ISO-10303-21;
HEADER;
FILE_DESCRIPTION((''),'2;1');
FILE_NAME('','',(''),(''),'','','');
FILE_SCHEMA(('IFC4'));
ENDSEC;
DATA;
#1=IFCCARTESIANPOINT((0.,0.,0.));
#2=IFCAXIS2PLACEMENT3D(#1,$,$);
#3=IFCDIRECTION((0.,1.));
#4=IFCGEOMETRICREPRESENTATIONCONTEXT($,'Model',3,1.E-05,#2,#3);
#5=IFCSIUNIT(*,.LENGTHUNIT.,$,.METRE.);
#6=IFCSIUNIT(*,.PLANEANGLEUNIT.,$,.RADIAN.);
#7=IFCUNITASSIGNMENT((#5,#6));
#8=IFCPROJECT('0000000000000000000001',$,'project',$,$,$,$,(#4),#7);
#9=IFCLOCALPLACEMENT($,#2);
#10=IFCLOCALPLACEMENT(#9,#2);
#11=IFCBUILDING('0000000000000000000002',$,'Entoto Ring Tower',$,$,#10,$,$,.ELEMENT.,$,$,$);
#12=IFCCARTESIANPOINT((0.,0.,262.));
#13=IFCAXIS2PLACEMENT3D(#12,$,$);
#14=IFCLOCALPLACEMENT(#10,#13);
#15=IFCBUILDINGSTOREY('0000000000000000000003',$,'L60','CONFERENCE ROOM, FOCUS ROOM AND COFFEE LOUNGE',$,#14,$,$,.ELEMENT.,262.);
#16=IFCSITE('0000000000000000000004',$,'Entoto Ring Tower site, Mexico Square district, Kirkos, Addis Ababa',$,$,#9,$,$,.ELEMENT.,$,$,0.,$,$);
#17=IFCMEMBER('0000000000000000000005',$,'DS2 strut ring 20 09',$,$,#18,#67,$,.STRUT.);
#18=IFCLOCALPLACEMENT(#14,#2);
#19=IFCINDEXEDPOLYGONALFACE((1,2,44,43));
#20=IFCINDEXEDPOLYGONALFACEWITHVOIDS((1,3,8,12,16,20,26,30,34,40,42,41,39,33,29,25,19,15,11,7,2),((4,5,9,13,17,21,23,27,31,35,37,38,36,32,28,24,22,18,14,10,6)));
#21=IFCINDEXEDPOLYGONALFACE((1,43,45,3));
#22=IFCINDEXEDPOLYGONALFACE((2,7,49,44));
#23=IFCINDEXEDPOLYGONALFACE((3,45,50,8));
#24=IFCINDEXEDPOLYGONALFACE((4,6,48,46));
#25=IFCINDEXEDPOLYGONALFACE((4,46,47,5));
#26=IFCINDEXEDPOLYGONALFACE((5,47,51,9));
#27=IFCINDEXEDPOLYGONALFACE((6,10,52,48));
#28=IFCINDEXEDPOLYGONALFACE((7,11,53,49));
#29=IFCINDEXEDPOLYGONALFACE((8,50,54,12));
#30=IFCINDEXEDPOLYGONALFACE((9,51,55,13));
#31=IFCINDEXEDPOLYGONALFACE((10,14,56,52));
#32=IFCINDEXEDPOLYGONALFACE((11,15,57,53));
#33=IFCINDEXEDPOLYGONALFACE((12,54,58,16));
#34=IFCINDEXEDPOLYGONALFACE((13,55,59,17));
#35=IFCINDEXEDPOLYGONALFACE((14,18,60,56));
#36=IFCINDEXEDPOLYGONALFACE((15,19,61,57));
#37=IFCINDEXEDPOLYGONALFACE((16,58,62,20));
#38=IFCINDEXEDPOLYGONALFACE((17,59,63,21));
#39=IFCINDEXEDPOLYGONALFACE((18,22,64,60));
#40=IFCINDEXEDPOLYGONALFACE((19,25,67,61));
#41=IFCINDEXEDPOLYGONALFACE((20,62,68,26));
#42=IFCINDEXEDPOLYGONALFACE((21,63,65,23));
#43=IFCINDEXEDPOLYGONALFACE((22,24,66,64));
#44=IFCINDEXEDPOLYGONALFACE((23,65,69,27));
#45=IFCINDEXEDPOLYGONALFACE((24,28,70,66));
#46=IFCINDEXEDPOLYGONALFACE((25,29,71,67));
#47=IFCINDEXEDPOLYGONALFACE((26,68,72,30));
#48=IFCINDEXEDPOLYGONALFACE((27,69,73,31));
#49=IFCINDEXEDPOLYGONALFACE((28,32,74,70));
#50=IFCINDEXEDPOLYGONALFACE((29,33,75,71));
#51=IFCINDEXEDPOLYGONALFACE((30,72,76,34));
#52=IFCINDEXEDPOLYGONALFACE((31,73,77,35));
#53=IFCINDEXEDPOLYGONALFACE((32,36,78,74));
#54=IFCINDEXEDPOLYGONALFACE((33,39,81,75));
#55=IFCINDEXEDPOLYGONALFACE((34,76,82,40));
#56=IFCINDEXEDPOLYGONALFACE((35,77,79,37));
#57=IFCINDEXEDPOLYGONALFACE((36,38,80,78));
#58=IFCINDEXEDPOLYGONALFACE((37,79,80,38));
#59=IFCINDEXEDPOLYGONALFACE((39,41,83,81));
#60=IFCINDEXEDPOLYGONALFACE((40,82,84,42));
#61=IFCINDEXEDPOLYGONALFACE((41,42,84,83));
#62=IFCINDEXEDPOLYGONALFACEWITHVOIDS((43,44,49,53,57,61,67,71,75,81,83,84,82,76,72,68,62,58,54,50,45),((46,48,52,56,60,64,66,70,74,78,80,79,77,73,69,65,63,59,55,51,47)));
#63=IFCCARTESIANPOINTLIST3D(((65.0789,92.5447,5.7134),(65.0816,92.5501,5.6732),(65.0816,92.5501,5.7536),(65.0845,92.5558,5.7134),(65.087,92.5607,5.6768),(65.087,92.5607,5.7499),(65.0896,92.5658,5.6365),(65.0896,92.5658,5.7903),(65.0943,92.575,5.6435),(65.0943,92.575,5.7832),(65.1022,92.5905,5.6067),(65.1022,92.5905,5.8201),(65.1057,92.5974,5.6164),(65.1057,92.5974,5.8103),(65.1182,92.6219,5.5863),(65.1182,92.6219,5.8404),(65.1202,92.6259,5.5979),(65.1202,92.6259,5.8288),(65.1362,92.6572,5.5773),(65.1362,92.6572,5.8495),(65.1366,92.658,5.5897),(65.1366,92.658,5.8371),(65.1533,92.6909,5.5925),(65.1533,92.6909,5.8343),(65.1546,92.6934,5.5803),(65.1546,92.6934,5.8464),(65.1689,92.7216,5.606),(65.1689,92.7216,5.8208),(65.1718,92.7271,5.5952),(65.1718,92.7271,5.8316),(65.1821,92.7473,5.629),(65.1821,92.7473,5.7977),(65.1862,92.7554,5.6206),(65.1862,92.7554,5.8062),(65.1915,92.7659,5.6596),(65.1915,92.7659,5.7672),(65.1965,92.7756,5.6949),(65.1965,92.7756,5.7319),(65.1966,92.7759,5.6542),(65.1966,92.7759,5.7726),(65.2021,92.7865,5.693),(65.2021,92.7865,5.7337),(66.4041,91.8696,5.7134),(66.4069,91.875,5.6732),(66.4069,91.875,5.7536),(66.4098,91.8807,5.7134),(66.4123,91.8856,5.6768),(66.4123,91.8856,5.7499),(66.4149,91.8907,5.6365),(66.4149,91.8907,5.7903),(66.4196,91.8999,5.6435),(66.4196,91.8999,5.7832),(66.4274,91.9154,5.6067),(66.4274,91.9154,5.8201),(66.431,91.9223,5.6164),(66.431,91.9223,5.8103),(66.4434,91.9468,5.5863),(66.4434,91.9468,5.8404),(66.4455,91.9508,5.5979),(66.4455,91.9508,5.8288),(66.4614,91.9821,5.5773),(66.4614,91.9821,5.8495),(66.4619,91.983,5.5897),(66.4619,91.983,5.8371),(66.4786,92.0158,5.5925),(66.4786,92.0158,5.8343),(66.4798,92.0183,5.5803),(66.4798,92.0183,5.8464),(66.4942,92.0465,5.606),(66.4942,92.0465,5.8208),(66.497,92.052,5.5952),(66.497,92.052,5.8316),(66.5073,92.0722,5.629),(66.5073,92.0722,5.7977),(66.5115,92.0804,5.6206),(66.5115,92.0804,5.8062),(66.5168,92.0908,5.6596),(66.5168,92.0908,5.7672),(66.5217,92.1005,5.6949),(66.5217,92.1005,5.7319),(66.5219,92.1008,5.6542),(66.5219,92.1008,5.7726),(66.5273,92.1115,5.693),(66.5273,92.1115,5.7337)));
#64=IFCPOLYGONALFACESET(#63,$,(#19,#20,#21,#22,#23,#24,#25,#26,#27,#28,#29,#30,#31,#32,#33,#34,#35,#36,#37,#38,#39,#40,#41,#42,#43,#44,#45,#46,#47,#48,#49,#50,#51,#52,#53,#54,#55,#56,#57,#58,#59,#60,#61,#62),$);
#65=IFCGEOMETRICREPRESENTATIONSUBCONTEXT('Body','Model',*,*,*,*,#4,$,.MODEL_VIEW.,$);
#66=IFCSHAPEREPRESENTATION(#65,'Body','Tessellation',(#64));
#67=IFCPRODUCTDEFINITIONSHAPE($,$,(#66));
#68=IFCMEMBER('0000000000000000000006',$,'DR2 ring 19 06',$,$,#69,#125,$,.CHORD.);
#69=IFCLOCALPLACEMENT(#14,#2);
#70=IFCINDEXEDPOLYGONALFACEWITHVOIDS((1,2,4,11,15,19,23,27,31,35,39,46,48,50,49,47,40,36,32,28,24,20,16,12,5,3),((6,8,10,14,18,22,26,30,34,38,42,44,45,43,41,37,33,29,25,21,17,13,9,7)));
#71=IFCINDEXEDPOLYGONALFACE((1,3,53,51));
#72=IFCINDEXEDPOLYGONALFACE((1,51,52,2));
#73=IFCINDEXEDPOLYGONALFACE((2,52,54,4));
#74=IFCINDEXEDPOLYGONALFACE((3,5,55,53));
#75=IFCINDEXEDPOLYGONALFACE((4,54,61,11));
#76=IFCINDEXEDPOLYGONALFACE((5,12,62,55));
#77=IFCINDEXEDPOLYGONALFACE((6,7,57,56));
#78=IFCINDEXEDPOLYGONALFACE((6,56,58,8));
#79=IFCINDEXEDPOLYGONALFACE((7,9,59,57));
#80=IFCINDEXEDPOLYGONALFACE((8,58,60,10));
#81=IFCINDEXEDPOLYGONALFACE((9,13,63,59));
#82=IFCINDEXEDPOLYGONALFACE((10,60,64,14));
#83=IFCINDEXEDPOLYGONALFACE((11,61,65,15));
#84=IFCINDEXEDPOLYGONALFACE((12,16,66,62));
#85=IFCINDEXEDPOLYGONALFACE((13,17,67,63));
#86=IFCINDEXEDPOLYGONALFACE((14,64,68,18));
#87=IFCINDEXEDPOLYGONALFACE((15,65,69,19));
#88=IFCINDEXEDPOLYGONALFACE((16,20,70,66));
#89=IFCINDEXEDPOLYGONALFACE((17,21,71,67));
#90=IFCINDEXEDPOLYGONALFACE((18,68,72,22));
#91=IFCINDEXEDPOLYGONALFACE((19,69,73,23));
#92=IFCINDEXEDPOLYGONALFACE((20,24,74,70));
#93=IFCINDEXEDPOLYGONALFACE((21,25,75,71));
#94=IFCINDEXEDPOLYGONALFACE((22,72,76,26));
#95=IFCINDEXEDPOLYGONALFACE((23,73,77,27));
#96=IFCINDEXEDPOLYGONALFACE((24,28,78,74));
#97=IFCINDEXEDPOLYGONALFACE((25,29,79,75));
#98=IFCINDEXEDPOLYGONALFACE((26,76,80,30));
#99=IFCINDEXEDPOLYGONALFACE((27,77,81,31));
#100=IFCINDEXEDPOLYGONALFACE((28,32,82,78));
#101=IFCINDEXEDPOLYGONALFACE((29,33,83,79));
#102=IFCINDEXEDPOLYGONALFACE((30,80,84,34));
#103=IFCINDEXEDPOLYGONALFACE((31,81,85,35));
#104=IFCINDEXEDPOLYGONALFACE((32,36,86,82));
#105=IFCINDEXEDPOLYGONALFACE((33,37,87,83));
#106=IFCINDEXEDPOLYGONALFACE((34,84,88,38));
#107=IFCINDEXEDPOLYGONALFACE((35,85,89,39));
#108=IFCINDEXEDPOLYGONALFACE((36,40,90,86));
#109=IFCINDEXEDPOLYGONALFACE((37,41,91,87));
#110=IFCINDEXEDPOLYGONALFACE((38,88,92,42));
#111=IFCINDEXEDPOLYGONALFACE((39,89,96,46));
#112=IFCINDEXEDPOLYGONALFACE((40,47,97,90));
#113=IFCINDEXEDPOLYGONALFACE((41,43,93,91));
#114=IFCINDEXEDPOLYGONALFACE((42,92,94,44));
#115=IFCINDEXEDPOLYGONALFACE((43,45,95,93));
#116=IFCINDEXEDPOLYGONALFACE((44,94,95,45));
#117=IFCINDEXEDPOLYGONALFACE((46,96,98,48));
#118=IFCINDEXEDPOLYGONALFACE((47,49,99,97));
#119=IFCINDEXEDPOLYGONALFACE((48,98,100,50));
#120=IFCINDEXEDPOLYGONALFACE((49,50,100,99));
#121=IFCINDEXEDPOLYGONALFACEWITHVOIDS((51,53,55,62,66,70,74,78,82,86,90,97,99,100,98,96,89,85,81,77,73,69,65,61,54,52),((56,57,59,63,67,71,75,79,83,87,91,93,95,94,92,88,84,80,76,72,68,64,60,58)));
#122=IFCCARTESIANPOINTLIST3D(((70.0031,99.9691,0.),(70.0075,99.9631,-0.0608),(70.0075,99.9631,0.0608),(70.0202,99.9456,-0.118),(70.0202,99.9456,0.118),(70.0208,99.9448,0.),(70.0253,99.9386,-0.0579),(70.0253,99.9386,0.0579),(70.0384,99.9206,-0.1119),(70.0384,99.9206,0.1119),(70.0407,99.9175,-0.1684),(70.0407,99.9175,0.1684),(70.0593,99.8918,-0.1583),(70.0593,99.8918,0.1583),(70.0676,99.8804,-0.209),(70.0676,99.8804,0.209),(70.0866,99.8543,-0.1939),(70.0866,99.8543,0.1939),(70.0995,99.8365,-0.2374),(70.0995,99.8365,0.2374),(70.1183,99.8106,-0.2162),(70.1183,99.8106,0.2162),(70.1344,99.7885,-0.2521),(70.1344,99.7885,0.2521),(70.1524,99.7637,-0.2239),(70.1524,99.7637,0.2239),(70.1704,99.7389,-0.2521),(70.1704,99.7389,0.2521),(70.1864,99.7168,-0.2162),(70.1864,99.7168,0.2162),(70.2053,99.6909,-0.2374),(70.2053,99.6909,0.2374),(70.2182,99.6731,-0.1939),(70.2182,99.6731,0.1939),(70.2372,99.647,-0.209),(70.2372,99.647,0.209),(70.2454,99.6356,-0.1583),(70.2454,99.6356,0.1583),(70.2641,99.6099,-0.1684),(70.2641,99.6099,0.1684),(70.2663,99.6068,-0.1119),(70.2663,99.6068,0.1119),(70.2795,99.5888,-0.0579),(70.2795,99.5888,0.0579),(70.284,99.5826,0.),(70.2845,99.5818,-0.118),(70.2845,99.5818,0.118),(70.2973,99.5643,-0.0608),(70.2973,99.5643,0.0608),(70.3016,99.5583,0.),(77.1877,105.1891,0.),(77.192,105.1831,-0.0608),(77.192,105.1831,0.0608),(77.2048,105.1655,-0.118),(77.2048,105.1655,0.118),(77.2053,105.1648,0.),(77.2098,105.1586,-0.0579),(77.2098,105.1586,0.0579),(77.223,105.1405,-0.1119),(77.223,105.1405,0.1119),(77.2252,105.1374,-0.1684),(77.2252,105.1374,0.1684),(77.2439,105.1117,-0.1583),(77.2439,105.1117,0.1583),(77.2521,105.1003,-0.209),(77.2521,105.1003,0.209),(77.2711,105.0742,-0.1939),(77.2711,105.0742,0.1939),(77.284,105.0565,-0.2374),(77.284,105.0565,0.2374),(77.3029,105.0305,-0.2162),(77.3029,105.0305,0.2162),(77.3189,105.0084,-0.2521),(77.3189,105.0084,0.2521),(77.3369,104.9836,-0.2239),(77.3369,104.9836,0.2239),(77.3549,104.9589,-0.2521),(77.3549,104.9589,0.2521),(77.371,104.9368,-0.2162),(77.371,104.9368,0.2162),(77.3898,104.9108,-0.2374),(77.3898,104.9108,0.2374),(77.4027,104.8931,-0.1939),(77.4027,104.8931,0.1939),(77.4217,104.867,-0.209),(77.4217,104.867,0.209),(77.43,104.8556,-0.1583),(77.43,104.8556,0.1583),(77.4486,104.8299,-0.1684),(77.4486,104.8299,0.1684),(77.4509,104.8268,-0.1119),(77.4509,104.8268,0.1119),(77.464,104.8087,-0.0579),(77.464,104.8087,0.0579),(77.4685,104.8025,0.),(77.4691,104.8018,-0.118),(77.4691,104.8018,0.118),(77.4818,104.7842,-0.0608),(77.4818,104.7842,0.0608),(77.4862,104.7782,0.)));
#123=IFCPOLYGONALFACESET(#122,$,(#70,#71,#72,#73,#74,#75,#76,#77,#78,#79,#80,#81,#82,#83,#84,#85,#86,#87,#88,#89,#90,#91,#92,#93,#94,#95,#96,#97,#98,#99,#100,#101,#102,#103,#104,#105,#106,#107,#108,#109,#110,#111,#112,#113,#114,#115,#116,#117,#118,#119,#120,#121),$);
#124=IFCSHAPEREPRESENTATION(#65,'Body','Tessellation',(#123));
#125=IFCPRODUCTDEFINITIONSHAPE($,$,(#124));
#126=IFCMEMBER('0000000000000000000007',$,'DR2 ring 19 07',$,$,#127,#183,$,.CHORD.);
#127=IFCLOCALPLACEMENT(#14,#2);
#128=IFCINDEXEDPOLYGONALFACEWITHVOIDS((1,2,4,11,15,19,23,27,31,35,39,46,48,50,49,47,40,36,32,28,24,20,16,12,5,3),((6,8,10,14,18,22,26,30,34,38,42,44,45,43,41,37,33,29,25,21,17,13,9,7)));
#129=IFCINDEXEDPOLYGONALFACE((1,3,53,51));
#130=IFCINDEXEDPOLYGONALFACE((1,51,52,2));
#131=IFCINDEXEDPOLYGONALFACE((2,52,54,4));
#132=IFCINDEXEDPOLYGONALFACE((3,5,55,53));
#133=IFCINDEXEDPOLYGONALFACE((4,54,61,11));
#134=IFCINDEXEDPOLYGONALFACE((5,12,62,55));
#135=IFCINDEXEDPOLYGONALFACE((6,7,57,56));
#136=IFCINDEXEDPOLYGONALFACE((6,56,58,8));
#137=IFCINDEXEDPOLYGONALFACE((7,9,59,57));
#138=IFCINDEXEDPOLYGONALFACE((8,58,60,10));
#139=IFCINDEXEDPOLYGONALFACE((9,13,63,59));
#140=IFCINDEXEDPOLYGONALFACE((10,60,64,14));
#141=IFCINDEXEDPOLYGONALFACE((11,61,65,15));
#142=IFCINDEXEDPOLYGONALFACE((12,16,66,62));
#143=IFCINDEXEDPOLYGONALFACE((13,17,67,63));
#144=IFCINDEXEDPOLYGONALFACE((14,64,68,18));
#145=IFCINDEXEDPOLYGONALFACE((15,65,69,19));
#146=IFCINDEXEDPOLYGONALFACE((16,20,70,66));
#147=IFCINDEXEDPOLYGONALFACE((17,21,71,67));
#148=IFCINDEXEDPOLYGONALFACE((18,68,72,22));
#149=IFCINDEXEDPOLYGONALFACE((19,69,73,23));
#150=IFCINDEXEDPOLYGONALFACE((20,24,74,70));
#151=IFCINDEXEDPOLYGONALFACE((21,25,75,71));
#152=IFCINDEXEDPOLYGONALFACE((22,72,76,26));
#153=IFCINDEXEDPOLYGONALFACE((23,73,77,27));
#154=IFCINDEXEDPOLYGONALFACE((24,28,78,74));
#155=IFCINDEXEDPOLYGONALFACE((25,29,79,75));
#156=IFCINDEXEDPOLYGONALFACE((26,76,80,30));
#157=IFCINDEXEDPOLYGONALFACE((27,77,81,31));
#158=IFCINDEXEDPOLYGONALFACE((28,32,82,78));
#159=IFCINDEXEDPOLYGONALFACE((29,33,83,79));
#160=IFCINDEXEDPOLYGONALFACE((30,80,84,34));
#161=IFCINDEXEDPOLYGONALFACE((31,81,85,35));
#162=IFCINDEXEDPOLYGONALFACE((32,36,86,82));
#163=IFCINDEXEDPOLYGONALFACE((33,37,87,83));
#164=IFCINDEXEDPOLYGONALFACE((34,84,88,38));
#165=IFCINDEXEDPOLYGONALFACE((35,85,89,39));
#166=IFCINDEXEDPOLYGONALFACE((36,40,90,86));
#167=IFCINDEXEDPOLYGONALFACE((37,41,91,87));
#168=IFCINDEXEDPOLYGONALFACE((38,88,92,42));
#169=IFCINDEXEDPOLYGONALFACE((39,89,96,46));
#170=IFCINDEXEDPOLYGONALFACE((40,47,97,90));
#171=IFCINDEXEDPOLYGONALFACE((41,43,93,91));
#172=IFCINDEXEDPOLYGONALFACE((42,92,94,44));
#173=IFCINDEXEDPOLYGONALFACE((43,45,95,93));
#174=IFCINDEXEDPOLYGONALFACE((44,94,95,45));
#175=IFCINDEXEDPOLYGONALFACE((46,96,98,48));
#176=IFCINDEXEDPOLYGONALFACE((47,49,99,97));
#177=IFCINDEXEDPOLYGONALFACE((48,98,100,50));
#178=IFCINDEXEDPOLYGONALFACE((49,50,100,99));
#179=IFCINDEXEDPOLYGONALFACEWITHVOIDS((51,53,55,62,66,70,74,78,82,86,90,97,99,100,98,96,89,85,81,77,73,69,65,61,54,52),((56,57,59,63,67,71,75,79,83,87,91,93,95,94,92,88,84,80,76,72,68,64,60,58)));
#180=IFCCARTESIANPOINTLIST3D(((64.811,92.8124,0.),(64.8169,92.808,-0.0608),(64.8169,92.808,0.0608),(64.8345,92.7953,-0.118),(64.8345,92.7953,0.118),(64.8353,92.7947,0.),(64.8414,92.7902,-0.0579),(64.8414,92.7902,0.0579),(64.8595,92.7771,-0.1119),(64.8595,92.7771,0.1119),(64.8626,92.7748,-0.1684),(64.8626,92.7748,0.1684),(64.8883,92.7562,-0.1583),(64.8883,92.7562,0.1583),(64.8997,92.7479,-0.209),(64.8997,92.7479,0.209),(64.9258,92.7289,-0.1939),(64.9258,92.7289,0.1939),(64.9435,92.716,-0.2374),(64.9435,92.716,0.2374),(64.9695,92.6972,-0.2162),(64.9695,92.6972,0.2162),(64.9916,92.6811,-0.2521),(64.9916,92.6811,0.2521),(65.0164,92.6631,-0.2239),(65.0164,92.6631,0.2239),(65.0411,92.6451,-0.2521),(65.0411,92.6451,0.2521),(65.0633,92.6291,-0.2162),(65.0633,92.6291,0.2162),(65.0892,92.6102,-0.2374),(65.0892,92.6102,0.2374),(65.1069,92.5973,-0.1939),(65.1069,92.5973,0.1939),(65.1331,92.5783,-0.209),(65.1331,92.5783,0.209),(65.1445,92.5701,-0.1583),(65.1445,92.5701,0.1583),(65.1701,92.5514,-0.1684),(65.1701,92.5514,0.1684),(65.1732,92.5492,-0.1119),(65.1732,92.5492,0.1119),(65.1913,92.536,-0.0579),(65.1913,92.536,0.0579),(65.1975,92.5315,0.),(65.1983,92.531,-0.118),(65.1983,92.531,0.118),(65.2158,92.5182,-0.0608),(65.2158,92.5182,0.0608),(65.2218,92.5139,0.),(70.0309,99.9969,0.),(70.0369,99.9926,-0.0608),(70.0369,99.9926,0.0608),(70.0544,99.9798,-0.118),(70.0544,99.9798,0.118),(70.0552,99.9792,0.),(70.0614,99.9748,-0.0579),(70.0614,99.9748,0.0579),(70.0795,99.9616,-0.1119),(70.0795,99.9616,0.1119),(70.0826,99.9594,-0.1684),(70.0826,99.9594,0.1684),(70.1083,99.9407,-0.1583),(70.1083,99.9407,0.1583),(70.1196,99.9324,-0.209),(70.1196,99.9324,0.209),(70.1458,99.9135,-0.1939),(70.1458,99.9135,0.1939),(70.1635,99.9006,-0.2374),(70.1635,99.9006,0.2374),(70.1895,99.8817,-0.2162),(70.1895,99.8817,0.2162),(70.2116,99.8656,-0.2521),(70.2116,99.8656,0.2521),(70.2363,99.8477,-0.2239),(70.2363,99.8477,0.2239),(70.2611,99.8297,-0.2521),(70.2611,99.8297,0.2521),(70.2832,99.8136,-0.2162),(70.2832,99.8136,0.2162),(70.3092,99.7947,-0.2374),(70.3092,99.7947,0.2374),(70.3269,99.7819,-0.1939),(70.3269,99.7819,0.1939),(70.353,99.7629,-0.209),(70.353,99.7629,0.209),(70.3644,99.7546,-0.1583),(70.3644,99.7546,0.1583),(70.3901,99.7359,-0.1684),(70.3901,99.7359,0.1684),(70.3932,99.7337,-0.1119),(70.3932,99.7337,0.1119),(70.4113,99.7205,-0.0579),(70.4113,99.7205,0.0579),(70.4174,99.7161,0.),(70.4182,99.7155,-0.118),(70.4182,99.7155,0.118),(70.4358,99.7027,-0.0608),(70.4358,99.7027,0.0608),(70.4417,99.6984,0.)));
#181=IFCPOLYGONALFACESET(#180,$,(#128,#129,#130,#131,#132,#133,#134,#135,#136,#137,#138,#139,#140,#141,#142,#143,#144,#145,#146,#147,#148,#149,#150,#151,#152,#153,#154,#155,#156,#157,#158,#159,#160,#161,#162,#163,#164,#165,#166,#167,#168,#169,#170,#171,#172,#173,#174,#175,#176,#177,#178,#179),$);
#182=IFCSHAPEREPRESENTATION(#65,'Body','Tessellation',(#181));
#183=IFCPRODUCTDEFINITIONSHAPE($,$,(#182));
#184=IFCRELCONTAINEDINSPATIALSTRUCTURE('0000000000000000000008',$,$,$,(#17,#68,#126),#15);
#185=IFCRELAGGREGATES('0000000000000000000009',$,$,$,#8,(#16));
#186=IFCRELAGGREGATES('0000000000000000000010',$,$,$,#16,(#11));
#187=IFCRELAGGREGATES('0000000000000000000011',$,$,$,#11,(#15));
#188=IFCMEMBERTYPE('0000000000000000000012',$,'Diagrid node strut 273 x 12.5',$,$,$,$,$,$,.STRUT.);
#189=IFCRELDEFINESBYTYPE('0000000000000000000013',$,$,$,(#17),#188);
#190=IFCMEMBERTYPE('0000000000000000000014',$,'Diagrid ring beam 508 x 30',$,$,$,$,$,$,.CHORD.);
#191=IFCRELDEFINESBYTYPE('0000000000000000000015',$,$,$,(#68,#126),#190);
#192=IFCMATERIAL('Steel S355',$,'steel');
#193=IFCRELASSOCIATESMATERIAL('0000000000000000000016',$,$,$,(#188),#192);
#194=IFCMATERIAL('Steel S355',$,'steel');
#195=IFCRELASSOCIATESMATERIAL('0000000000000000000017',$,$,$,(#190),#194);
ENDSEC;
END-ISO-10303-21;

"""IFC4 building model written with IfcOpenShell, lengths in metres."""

from ifc_helpers import new_model, si_unit, direction, frame, origin, origin_2d, place, context, subcontext, project, spatial, circle, hollow_circle, extrude, material, material_profile, profile_set, type_object, element, save


model = new_model("IFC4")

# Units and contexts
model_context = context("Model", 3, precision=1e-05, world=origin(), true_north=direction((0.0, 1.0)))
body_context = subcontext(model_context, "Body", "Model", "MODEL_VIEW")
ifc_project = project(units=[si_unit("LENGTHUNIT", "METRE"), si_unit("PLANEANGLEUNIT", "RADIAN")], contexts=[model_context])

# Site, building, storey
site_placement = place(None, origin())
site = spatial("IfcSite", under=ifc_project, at=site_placement, Name="Entoto Ring Tower site, Mexico Square district, Kirkos, Addis Ababa", CompositionType="ELEMENT", RefElevation=0.0)
building_placement = place(site_placement, origin())
building = spatial("IfcBuilding", under=site, at=building_placement, Name="Entoto Ring Tower", CompositionType="ELEMENT")
storey_placement = place(building_placement, frame((0.0, 0.0, 262.0)))
storey = spatial("IfcBuildingStorey", under=building, at=storey_placement, Name="L60", Description="CONFERENCE ROOM, FOCUS ROOM AND COFFEE LOUNGE", CompositionType="ELEMENT", Elevation=262.0)

# Members
ifc_material_1 = material(Name="Steel S355", Category="steel")
ifc_material_profile_1 = material_profile(ifc_material_1, hollow_circle(Radius=0.1365, WallThickness=0.0125, at=origin_2d()), Name="CHS 273 x 12.5")
ifc_material_2 = material(Name="Concrete C60/75", Category="concrete")
ifc_material_profile_2 = material_profile(ifc_material_2, circle(Radius=0.124, at=origin_2d()), Name="Concrete C60/75 infill")
ifc_profile_set_1 = profile_set([ifc_material_profile_1, ifc_material_profile_2], Name="Steel S355")
member_type_1 = type_object("IfcMemberType", Name="Diagrid node strut 273 x 12.5", PredefinedType="STRUT", material=ifc_profile_set_1)
for number, where, z_axis, x_axis, name in (
    (1, (66.4661, 91.9912, 5.7134), (-0.891053, 0.453899, 0.0), (-0.453899, -0.891053, 0.0), "DS2 strut ring 20 09"),
):
    element("IfcMember", number, at=place(storey_placement, frame(where, z_axis=z_axis, x_axis=x_axis)), inside=storey, type_object=member_type_1, Name=name, PredefinedType="STRUT", context=body_context, shape_type="SweptSolid", body=[
        extrude(hollow_circle(Radius=0.1365, WallThickness=0.0125, at=origin_2d()), origin(), (0.0, 0.0, 1.0), 1.4873),
    ])
ifc_material_3 = material(Name="Steel S355", Category="steel")
ifc_material_profile_3 = material_profile(ifc_material_3, hollow_circle(Radius=0.2539, WallThickness=0.03, at=origin_2d()), Name="CHS 508 x 30")
ifc_material_4 = material(Name="Concrete C60/75", Category="concrete")
ifc_material_profile_4 = material_profile(ifc_material_4, circle(Radius=0.2241, at=origin_2d()), Name="Concrete C60/75 infill")
ifc_profile_set_2 = profile_set([ifc_material_profile_3, ifc_material_profile_4], Name="Steel S355")
member_type_2 = type_object("IfcMemberType", Name="Diagrid ring beam 508 x 30", PredefinedType="CHORD", material=ifc_profile_set_2)
for number, where, z_axis, x_axis, name in (
    (2, (77.3369, 104.9836, 0.0), (-0.809013, -0.587791, 0.0), (0.587791, -0.809013, 0.0), "DR2 ring 19 06"),
    (3, (70.2363, 99.8477, 0.0), (-0.587791, -0.809013, 0.0), (0.809013, -0.587791, 0.0), "DR2 ring 19 07"),
):
    element("IfcMember", number, at=place(storey_placement, frame(where, z_axis=z_axis, x_axis=x_axis)), inside=storey, type_object=member_type_2, Name=name, PredefinedType="CHORD", context=body_context, shape_type="SweptSolid", body=[
        extrude(hollow_circle(Radius=0.2539, WallThickness=0.03, at=origin_2d()), origin(), (0.0, 0.0, 1.0), 8.8806),
    ])

save(model, "model.ifc")
